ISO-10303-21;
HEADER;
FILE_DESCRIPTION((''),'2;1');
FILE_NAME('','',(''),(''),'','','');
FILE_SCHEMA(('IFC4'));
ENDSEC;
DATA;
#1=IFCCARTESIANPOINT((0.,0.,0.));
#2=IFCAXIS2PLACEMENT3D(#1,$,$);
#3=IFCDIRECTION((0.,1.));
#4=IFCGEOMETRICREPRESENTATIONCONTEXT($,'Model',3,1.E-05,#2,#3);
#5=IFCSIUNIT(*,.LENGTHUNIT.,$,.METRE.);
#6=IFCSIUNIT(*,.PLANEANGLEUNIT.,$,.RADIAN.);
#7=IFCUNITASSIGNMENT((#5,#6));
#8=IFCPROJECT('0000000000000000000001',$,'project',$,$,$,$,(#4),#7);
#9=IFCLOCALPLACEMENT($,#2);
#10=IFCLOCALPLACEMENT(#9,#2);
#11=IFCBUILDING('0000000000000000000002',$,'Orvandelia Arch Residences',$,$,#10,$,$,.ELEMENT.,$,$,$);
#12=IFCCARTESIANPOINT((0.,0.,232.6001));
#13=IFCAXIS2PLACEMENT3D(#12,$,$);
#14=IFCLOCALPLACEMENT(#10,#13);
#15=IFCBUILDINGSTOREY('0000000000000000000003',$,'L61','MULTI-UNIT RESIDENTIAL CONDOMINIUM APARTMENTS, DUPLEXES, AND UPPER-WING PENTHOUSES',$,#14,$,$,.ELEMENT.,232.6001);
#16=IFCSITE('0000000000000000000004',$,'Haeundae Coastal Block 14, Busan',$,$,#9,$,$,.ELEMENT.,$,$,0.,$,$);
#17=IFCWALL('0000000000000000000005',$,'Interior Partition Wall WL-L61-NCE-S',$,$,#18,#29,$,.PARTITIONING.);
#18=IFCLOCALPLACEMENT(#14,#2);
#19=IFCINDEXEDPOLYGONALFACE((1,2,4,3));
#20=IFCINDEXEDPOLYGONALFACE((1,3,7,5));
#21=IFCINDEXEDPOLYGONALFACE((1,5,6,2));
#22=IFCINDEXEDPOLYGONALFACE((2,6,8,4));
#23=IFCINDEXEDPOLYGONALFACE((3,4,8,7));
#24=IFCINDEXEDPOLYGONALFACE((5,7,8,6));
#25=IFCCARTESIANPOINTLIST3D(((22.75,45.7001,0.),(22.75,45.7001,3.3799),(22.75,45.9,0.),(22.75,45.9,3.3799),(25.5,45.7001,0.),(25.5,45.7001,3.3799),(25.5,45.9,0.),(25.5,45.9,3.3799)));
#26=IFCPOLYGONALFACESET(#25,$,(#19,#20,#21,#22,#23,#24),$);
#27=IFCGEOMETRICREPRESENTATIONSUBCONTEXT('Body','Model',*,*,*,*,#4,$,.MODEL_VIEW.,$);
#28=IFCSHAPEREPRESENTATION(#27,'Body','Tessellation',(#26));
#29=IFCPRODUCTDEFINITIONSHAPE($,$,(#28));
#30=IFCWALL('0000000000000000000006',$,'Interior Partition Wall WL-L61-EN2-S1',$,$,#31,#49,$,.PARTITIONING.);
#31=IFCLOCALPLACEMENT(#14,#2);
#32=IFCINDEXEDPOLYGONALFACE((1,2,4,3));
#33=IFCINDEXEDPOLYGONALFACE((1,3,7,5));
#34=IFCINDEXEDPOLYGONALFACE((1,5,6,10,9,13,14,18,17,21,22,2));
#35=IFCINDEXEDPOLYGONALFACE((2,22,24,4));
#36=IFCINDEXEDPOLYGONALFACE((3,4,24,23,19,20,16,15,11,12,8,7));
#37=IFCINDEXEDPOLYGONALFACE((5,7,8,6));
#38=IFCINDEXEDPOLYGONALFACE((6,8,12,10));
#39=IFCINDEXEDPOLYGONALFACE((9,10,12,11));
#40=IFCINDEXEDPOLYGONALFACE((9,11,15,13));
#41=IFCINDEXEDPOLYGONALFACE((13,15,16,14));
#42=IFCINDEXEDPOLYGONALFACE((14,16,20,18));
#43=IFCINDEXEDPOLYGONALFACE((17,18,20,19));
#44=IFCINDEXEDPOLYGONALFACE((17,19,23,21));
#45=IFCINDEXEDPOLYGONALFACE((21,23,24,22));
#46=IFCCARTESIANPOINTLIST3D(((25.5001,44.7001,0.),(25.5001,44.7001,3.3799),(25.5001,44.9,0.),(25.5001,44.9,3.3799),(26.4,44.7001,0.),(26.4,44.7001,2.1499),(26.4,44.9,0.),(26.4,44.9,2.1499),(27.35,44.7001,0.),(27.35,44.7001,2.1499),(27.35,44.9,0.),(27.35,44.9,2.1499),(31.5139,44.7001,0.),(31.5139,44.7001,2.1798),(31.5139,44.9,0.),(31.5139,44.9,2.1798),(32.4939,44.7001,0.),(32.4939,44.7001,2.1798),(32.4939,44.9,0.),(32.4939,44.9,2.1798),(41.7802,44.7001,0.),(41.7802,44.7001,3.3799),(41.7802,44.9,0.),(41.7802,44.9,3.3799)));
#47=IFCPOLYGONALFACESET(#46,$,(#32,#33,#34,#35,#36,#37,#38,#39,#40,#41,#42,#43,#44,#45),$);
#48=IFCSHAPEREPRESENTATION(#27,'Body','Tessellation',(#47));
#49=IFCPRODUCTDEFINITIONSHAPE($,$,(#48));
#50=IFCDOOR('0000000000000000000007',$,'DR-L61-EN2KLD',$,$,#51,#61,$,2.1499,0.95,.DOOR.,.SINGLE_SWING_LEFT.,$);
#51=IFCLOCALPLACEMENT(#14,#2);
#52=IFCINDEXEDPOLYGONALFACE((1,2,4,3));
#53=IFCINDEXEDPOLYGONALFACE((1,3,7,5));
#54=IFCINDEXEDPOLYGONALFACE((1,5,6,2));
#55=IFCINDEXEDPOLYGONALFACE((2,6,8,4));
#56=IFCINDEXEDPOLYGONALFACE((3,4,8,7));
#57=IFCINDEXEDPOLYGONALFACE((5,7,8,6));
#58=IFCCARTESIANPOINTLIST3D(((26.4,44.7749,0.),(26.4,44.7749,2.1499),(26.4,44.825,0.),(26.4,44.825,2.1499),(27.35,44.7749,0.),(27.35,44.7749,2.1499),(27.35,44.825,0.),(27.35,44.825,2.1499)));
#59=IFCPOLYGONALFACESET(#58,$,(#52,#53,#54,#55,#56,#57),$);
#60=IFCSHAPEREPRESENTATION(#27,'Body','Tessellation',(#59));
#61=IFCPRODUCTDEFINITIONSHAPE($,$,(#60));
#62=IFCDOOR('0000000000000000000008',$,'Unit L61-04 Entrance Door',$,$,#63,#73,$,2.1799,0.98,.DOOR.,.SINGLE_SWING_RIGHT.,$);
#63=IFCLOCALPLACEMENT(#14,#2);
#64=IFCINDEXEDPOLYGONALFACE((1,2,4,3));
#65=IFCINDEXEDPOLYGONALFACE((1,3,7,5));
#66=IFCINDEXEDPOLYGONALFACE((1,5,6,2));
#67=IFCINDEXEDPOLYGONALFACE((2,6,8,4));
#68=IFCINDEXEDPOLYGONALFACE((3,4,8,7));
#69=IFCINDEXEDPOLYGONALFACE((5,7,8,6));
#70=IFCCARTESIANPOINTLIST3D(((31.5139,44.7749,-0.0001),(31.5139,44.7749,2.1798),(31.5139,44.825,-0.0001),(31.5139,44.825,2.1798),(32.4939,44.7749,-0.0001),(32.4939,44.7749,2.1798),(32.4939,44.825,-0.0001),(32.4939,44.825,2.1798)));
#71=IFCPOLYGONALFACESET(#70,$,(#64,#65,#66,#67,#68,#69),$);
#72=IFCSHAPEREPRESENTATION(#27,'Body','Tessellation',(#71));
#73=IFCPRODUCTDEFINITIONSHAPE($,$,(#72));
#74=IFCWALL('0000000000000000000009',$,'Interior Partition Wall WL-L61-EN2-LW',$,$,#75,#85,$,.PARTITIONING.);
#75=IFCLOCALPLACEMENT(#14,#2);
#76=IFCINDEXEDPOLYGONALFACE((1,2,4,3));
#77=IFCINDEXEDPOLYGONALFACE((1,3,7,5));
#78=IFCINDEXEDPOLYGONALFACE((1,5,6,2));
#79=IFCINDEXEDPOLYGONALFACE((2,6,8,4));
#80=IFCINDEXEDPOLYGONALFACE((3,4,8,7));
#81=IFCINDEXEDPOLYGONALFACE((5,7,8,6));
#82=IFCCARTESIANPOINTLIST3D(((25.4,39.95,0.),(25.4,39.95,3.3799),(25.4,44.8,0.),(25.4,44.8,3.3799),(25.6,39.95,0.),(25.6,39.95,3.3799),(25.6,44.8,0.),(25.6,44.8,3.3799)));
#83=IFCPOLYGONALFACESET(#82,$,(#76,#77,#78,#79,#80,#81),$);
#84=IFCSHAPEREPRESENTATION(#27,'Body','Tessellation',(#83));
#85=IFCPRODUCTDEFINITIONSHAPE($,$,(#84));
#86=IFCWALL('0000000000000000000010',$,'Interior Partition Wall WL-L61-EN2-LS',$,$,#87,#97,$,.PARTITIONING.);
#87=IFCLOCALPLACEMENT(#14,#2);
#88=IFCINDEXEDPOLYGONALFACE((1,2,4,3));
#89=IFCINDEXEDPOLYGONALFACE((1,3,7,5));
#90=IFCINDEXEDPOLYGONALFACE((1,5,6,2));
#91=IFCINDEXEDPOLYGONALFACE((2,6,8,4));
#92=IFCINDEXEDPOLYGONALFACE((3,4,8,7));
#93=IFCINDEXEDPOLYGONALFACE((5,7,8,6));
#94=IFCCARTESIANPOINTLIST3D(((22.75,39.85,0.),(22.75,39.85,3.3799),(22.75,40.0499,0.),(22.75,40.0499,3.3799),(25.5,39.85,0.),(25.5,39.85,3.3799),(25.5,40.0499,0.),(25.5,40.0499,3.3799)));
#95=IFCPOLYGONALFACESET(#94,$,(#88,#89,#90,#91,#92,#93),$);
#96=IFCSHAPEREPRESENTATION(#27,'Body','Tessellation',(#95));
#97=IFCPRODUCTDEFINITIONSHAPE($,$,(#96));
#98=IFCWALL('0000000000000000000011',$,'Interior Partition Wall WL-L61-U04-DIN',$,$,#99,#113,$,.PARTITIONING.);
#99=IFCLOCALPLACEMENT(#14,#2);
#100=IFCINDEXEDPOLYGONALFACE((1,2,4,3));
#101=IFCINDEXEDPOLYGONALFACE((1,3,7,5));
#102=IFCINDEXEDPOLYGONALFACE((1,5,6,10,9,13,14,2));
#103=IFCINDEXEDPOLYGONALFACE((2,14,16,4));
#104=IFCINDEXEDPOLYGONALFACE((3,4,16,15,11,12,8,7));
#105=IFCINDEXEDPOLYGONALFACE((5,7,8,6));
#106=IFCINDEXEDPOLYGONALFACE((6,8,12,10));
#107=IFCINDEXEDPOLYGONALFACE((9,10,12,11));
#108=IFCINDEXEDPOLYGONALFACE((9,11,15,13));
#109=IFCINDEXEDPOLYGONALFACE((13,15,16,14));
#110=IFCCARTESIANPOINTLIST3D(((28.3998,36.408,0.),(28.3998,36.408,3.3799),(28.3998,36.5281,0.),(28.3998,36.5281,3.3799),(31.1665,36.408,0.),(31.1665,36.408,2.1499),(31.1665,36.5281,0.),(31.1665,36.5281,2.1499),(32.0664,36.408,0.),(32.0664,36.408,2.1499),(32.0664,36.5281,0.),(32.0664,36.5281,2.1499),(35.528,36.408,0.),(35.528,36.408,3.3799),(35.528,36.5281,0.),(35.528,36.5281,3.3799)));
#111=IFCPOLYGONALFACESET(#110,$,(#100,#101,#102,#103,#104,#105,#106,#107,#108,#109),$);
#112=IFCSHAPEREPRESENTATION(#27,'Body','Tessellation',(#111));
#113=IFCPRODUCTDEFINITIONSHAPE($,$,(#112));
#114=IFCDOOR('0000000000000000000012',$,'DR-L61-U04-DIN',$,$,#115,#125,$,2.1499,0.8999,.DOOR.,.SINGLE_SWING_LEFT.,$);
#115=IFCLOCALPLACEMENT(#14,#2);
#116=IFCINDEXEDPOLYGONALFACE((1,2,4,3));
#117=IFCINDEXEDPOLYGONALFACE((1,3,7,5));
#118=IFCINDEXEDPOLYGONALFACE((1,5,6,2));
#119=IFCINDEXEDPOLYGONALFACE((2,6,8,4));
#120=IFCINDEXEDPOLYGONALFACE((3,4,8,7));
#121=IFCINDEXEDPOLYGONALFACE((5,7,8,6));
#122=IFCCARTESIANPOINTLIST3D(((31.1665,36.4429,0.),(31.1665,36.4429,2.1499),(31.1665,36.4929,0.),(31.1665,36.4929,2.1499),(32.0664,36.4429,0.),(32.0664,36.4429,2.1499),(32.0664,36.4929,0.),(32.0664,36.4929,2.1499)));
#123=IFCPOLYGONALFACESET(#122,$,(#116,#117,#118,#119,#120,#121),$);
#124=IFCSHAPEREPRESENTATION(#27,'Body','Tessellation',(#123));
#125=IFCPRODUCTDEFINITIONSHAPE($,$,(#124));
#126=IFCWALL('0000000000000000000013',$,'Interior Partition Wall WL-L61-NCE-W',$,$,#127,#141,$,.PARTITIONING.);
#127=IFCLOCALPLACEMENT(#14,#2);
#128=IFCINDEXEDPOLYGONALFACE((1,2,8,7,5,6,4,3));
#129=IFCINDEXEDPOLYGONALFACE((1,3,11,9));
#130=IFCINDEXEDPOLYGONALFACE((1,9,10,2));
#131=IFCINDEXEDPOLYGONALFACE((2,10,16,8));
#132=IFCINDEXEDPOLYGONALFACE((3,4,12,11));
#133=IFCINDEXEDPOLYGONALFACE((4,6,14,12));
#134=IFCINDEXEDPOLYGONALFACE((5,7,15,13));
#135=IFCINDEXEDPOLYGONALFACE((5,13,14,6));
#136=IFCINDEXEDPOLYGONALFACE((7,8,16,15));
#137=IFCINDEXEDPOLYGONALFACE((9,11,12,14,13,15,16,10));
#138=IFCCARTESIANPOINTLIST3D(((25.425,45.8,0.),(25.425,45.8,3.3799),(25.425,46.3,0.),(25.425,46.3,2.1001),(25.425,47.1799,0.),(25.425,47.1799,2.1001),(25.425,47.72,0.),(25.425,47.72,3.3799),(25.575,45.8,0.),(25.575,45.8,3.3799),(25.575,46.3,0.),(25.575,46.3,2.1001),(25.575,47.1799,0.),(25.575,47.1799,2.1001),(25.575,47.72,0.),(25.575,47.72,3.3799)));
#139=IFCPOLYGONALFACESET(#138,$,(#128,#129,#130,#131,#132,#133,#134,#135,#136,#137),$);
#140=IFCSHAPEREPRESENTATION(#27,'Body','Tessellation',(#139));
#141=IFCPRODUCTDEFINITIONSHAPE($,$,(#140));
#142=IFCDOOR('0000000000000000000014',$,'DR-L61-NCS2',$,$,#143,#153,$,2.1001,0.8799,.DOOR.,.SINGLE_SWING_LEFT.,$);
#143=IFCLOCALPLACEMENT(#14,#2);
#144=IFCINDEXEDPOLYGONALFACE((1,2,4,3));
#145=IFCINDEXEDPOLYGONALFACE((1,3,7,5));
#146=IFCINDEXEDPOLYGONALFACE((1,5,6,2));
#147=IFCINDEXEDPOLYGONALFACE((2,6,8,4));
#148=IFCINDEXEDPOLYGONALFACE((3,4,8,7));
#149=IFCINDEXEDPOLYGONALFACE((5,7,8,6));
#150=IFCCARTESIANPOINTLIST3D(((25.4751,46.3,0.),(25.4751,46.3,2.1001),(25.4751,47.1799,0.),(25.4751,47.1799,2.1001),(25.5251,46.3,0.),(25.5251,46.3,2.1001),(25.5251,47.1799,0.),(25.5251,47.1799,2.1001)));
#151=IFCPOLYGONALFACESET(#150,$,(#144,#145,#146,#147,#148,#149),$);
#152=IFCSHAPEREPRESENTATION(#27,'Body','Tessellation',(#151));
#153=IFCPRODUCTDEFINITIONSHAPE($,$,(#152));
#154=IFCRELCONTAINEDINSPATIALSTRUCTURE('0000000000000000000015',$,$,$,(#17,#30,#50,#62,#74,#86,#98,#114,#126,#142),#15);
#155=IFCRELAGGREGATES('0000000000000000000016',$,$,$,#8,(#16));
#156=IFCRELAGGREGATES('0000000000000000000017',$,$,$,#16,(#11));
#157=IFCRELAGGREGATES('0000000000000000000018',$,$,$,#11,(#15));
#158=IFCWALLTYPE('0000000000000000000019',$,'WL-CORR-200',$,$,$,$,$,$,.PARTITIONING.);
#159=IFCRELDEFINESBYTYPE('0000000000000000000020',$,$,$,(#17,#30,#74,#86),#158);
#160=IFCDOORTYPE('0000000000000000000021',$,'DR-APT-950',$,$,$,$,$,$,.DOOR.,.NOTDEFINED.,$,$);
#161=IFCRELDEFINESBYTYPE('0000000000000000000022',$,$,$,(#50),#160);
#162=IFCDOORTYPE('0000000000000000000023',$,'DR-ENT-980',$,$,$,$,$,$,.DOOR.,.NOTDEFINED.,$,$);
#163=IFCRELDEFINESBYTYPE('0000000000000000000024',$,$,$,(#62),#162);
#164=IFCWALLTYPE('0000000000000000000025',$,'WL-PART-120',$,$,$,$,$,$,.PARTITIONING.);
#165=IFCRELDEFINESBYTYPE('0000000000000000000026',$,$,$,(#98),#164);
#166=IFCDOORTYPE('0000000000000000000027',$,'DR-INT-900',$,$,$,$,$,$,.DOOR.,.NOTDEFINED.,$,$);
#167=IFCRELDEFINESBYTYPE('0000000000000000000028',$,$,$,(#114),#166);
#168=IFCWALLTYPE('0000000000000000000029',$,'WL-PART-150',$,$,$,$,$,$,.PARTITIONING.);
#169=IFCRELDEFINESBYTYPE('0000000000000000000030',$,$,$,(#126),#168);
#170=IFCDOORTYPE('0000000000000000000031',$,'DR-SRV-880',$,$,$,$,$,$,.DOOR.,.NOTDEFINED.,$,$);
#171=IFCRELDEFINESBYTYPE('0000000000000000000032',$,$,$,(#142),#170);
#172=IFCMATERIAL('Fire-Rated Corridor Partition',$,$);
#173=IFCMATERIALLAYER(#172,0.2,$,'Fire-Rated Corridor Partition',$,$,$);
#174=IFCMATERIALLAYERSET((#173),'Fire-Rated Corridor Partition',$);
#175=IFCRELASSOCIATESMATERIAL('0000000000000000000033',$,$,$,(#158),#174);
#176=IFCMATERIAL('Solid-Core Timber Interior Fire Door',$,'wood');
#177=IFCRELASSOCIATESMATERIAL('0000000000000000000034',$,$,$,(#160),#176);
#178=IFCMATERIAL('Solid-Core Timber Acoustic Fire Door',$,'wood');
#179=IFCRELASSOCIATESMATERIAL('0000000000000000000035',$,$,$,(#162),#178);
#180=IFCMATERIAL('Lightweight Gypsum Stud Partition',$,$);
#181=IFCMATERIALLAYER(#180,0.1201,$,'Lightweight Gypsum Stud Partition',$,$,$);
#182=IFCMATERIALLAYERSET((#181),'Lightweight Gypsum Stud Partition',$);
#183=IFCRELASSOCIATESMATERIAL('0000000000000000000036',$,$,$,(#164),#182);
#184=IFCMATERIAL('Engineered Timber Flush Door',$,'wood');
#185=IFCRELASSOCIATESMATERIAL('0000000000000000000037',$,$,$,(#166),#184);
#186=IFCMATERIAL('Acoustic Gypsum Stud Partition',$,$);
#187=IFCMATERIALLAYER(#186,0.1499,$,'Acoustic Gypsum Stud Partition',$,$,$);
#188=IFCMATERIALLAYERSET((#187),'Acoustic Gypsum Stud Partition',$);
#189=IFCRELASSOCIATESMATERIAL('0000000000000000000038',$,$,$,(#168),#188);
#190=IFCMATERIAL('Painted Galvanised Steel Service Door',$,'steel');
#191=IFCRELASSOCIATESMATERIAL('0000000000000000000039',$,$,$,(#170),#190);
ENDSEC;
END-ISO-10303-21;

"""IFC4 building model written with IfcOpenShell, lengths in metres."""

from ifc_helpers import new_model, si_unit, direction, frame, frame_2d, origin, place, context, subcontext, project, spatial, rectangle, extrude, material, layer, layer_set, type_object, element, fill, save


model = new_model("IFC4")

# Units and contexts
model_context = context("Model", 3, precision=1e-05, world=origin(), true_north=direction((0.0, 1.0)))
body_context = subcontext(model_context, "Body", "Model", "MODEL_VIEW")
ifc_project = project(units=[si_unit("LENGTHUNIT", "METRE"), si_unit("PLANEANGLEUNIT", "RADIAN")], contexts=[model_context])

# Site, building, storey
site_placement = place(None, origin())
site = spatial("IfcSite", under=ifc_project, at=site_placement, Name="Haeundae Coastal Block 14, Busan", CompositionType="ELEMENT", RefElevation=0.0)
building_placement = place(site_placement, origin())
building = spatial("IfcBuilding", under=site, at=building_placement, Name="Orvandelia Arch Residences", CompositionType="ELEMENT")
storey_placement = place(building_placement, frame((0.0, 0.0, 232.6001)))
storey = spatial("IfcBuildingStorey", under=building, at=storey_placement, Name="L61", Description="MULTI-UNIT RESIDENTIAL CONDOMINIUM APARTMENTS, DUPLEXES, AND UPPER-WING PENTHOUSES", CompositionType="ELEMENT", Elevation=232.6001)

# Wall
ifc_material_1 = material(Name="Fire-Rated Corridor Partition")
ifc_layer_1 = layer(ifc_material_1, 0.2, Name="Fire-Rated Corridor Partition")
ifc_layer_set_1 = layer_set([ifc_layer_1], Name="Fire-Rated Corridor Partition")
wall_type_1 = type_object("IfcWallType", Name="WL-CORR-200", PredefinedType="PARTITIONING", material=ifc_layer_set_1)
wall_1_placement = place(storey_placement, frame((22.75, 45.8, 0.0), z_axis=(0.0, 0.0, 1.0), x_axis=(1.0, 0.0, 0.0)))
element("IfcWall", 1, at=wall_1_placement, inside=storey, type_object=wall_type_1, Name="Interior Partition Wall WL-L61-NCE-S", PredefinedType="PARTITIONING", context=body_context, shape_type="SweptSolid", body=[
    extrude(rectangle(XDim=2.75, YDim=0.2, at=frame_2d((1.375, 0.0))), origin(), (0.0, 0.0, 1.0), 3.3799),
])

# Wall, openings, doors
wall_2_placement = place(storey_placement, frame((25.5, 44.8, 0.0), z_axis=(0.0, 0.0, 1.0), x_axis=(1.0, 0.0, 0.0)))
wall_2 = element("IfcWall", 2, at=wall_2_placement, inside=storey, type_object=wall_type_1, Name="Interior Partition Wall WL-L61-EN2-S1", PredefinedType="PARTITIONING", context=body_context, shape_type="SweptSolid", body=[
    extrude(rectangle(XDim=16.28, YDim=0.2, at=frame_2d((8.1401, 0.0))), origin(), (0.0, 0.0, 1.0), 3.3799),
])
opening_1_placement = place(wall_2_placement, frame((0.8999, 0.0, 0.0)))
opening_1 = element("IfcOpeningElement", 3, at=opening_1_placement, cuts=wall_2, PredefinedType="OPENING", context=body_context, shape_type="SweptSolid", body=[
    extrude(rectangle(XDim=0.95, YDim=2.1499, at=frame_2d((0.4751, 1.075))), frame((0.0, 0.1099, 0.0), z_axis=(0.0, -1.0, 0.0), x_axis=(1.0, 0.0, 0.0)), (0.0, 0.0, 1.0), 0.22),
])
opening_2_placement = place(wall_2_placement, frame((6.0139, 0.0, 0.0)))
opening_2 = element("IfcOpeningElement", 4, at=opening_2_placement, cuts=wall_2, PredefinedType="OPENING", context=body_context, shape_type="SweptSolid", body=[
    extrude(rectangle(XDim=0.98, YDim=2.1799, at=frame_2d((0.49, 1.0898))), frame((0.0, 0.1099, 0.0), z_axis=(0.0, -1.0, 0.0), x_axis=(1.0, 0.0, 0.0)), (0.0, 0.0, 1.0), 0.22),
])
ifc_material_2 = material(Name="Solid-Core Timber Interior Fire Door", Category="wood")
door_type_1 = type_object("IfcDoorType", Name="DR-APT-950", OperationType="NOTDEFINED", PredefinedType="DOOR", material=ifc_material_2)
door_1_placement = place(opening_1_placement, origin())
door_1 = element("IfcDoor", 5, at=door_1_placement, inside=storey, type_object=door_type_1, Name="DR-L61-EN2KLD", OperationType="SINGLE_SWING_LEFT", OverallHeight=2.1499, OverallWidth=0.95, PredefinedType="DOOR", context=body_context, shape_type="SweptSolid", body=[
    extrude(rectangle(XDim=0.95, YDim=2.1499, at=frame_2d((0.4751, 1.075))), frame((0.0, 0.0249, 0.0), z_axis=(0.0, -1.0, 0.0), x_axis=(1.0, 0.0, 0.0)), (0.0, 0.0, 1.0), 0.05),
])
fill(opening_1, door_1)
ifc_material_3 = material(Name="Solid-Core Timber Acoustic Fire Door", Category="wood")
door_type_2 = type_object("IfcDoorType", Name="DR-ENT-980", OperationType="NOTDEFINED", PredefinedType="DOOR", material=ifc_material_3)
door_2_placement = place(opening_2_placement, origin())
door_2 = element("IfcDoor", 6, at=door_2_placement, inside=storey, type_object=door_type_2, Name="Unit L61-04 Entrance Door", OperationType="SINGLE_SWING_RIGHT", OverallHeight=2.1799, OverallWidth=0.98, PredefinedType="DOOR", context=body_context, shape_type="SweptSolid", body=[
    extrude(rectangle(XDim=0.98, YDim=2.1799, at=frame_2d((0.49, 1.0898))), frame((0.0, 0.0249, 0.0), z_axis=(0.0, -1.0, 0.0), x_axis=(1.0, 0.0, 0.0)), (0.0, 0.0, 1.0), 0.05),
])
fill(opening_2, door_2)

# Walls
wall_3_placement = place(storey_placement, frame((25.5, 39.95, 0.0), z_axis=(0.0, 0.0, 1.0), x_axis=(0.0, 1.0, 0.0)))
element("IfcWall", 7, at=wall_3_placement, inside=storey, type_object=wall_type_1, Name="Interior Partition Wall WL-L61-EN2-LW", PredefinedType="PARTITIONING", context=body_context, shape_type="SweptSolid", body=[
    extrude(rectangle(XDim=4.8501, YDim=0.2, at=frame_2d((2.425, 0.0))), origin(), (0.0, 0.0, 1.0), 3.3799),
])
wall_4_placement = place(storey_placement, frame((22.75, 39.95, 0.0), z_axis=(0.0, 0.0, 1.0), x_axis=(1.0, 0.0, 0.0)))
element("IfcWall", 8, at=wall_4_placement, inside=storey, type_object=wall_type_1, Name="Interior Partition Wall WL-L61-EN2-LS", PredefinedType="PARTITIONING", context=body_context, shape_type="SweptSolid", body=[
    extrude(rectangle(XDim=2.75, YDim=0.2, at=frame_2d((1.375, 0.0))), origin(), (0.0, 0.0, 1.0), 3.3799),
])

# Walls, openings, doors
ifc_material_4 = material(Name="Lightweight Gypsum Stud Partition")
ifc_layer_2 = layer(ifc_material_4, 0.1201, Name="Lightweight Gypsum Stud Partition")
ifc_layer_set_2 = layer_set([ifc_layer_2], Name="Lightweight Gypsum Stud Partition")
wall_type_2 = type_object("IfcWallType", Name="WL-PART-120", PredefinedType="PARTITIONING", material=ifc_layer_set_2)
wall_5_placement = place(storey_placement, frame((28.3999, 36.468, 0.0), z_axis=(0.0, 0.0, 1.0), x_axis=(1.0, 0.0, 0.0)))
wall_5 = element("IfcWall", 9, at=wall_5_placement, inside=storey, type_object=wall_type_2, Name="Interior Partition Wall WL-L61-U04-DIN", PredefinedType="PARTITIONING", context=body_context, shape_type="SweptSolid", body=[
    extrude(rectangle(XDim=7.1282, YDim=0.1201, at=frame_2d((3.564, 0.0))), origin(), (0.0, 0.0, 1.0), 3.3799),
])
opening_3_placement = place(wall_5_placement, frame((2.7666, 0.0, 0.0)))
opening_3 = element("IfcOpeningElement", 10, at=opening_3_placement, cuts=wall_5, PredefinedType="OPENING", context=body_context, shape_type="SweptSolid", body=[
    extrude(rectangle(XDim=0.8999, YDim=2.1499, at=frame_2d((0.45, 1.075))), frame((0.0, 0.0701, 0.0), z_axis=(0.0, -1.0, 0.0), x_axis=(1.0, 0.0, 0.0)), (0.0, 0.0, 1.0), 0.1401),
])
ifc_material_5 = material(Name="Engineered Timber Flush Door", Category="wood")
door_type_3 = type_object("IfcDoorType", Name="DR-INT-900", OperationType="NOTDEFINED", PredefinedType="DOOR", material=ifc_material_5)
door_3_placement = place(opening_3_placement, origin())
door_3 = element("IfcDoor", 11, at=door_3_placement, inside=storey, type_object=door_type_3, Name="DR-L61-U04-DIN", OperationType="SINGLE_SWING_LEFT", OverallHeight=2.1499, OverallWidth=0.8999, PredefinedType="DOOR", context=body_context, shape_type="SweptSolid", body=[
    extrude(rectangle(XDim=0.8999, YDim=2.1499, at=frame_2d((0.45, 1.075))), frame((0.0, 0.0249, 0.0), z_axis=(0.0, -1.0, 0.0), x_axis=(1.0, 0.0, 0.0)), (0.0, 0.0, 1.0), 0.05),
])
fill(opening_3, door_3)
ifc_material_6 = material(Name="Acoustic Gypsum Stud Partition")
ifc_layer_3 = layer(ifc_material_6, 0.1499, Name="Acoustic Gypsum Stud Partition")
ifc_layer_set_3 = layer_set([ifc_layer_3], Name="Acoustic Gypsum Stud Partition")
wall_type_3 = type_object("IfcWallType", Name="WL-PART-150", PredefinedType="PARTITIONING", material=ifc_layer_set_3)
wall_6_placement = place(storey_placement, frame((25.5, 45.8, 0.0), z_axis=(0.0, 0.0, 1.0), x_axis=(0.0, 1.0, 0.0)))
wall_6 = element("IfcWall", 12, at=wall_6_placement, inside=storey, type_object=wall_type_3, Name="Interior Partition Wall WL-L61-NCE-W", PredefinedType="PARTITIONING", context=body_context, shape_type="SweptSolid", body=[
    extrude(rectangle(XDim=1.9199, YDim=0.1499, at=frame_2d((0.96, 0.0))), origin(), (0.0, 0.0, 1.0), 3.3799),
])
opening_4_placement = place(wall_6_placement, frame((0.5, 0.0, 0.0)))
opening_4 = element("IfcOpeningElement", 13, at=opening_4_placement, cuts=wall_6, PredefinedType="OPENING", context=body_context, shape_type="SweptSolid", body=[
    extrude(rectangle(XDim=0.8799, YDim=2.1001, at=frame_2d((0.4399, 1.05))), frame((0.0, 0.085, 0.0), z_axis=(0.0, -1.0, 0.0), x_axis=(1.0, 0.0, 0.0)), (0.0, 0.0, 1.0), 0.1699),
])
ifc_material_7 = material(Name="Painted Galvanised Steel Service Door", Category="steel")
door_type_4 = type_object("IfcDoorType", Name="DR-SRV-880", OperationType="NOTDEFINED", PredefinedType="DOOR", material=ifc_material_7)
door_4_placement = place(opening_4_placement, origin())
door_4 = element("IfcDoor", 14, at=door_4_placement, inside=storey, type_object=door_type_4, Name="DR-L61-NCS2", OperationType="SINGLE_SWING_LEFT", OverallHeight=2.1001, OverallWidth=0.8799, PredefinedType="DOOR", context=body_context, shape_type="SweptSolid", body=[
    extrude(rectangle(XDim=0.8799, YDim=2.1001, at=frame_2d((0.4399, 1.05))), frame((0.0, 0.0249, 0.0), z_axis=(0.0, -1.0, 0.0), x_axis=(1.0, 0.0, 0.0)), (0.0, 0.0, 1.0), 0.05),
])
fill(opening_4, door_4)

save(model, "model.ifc")
